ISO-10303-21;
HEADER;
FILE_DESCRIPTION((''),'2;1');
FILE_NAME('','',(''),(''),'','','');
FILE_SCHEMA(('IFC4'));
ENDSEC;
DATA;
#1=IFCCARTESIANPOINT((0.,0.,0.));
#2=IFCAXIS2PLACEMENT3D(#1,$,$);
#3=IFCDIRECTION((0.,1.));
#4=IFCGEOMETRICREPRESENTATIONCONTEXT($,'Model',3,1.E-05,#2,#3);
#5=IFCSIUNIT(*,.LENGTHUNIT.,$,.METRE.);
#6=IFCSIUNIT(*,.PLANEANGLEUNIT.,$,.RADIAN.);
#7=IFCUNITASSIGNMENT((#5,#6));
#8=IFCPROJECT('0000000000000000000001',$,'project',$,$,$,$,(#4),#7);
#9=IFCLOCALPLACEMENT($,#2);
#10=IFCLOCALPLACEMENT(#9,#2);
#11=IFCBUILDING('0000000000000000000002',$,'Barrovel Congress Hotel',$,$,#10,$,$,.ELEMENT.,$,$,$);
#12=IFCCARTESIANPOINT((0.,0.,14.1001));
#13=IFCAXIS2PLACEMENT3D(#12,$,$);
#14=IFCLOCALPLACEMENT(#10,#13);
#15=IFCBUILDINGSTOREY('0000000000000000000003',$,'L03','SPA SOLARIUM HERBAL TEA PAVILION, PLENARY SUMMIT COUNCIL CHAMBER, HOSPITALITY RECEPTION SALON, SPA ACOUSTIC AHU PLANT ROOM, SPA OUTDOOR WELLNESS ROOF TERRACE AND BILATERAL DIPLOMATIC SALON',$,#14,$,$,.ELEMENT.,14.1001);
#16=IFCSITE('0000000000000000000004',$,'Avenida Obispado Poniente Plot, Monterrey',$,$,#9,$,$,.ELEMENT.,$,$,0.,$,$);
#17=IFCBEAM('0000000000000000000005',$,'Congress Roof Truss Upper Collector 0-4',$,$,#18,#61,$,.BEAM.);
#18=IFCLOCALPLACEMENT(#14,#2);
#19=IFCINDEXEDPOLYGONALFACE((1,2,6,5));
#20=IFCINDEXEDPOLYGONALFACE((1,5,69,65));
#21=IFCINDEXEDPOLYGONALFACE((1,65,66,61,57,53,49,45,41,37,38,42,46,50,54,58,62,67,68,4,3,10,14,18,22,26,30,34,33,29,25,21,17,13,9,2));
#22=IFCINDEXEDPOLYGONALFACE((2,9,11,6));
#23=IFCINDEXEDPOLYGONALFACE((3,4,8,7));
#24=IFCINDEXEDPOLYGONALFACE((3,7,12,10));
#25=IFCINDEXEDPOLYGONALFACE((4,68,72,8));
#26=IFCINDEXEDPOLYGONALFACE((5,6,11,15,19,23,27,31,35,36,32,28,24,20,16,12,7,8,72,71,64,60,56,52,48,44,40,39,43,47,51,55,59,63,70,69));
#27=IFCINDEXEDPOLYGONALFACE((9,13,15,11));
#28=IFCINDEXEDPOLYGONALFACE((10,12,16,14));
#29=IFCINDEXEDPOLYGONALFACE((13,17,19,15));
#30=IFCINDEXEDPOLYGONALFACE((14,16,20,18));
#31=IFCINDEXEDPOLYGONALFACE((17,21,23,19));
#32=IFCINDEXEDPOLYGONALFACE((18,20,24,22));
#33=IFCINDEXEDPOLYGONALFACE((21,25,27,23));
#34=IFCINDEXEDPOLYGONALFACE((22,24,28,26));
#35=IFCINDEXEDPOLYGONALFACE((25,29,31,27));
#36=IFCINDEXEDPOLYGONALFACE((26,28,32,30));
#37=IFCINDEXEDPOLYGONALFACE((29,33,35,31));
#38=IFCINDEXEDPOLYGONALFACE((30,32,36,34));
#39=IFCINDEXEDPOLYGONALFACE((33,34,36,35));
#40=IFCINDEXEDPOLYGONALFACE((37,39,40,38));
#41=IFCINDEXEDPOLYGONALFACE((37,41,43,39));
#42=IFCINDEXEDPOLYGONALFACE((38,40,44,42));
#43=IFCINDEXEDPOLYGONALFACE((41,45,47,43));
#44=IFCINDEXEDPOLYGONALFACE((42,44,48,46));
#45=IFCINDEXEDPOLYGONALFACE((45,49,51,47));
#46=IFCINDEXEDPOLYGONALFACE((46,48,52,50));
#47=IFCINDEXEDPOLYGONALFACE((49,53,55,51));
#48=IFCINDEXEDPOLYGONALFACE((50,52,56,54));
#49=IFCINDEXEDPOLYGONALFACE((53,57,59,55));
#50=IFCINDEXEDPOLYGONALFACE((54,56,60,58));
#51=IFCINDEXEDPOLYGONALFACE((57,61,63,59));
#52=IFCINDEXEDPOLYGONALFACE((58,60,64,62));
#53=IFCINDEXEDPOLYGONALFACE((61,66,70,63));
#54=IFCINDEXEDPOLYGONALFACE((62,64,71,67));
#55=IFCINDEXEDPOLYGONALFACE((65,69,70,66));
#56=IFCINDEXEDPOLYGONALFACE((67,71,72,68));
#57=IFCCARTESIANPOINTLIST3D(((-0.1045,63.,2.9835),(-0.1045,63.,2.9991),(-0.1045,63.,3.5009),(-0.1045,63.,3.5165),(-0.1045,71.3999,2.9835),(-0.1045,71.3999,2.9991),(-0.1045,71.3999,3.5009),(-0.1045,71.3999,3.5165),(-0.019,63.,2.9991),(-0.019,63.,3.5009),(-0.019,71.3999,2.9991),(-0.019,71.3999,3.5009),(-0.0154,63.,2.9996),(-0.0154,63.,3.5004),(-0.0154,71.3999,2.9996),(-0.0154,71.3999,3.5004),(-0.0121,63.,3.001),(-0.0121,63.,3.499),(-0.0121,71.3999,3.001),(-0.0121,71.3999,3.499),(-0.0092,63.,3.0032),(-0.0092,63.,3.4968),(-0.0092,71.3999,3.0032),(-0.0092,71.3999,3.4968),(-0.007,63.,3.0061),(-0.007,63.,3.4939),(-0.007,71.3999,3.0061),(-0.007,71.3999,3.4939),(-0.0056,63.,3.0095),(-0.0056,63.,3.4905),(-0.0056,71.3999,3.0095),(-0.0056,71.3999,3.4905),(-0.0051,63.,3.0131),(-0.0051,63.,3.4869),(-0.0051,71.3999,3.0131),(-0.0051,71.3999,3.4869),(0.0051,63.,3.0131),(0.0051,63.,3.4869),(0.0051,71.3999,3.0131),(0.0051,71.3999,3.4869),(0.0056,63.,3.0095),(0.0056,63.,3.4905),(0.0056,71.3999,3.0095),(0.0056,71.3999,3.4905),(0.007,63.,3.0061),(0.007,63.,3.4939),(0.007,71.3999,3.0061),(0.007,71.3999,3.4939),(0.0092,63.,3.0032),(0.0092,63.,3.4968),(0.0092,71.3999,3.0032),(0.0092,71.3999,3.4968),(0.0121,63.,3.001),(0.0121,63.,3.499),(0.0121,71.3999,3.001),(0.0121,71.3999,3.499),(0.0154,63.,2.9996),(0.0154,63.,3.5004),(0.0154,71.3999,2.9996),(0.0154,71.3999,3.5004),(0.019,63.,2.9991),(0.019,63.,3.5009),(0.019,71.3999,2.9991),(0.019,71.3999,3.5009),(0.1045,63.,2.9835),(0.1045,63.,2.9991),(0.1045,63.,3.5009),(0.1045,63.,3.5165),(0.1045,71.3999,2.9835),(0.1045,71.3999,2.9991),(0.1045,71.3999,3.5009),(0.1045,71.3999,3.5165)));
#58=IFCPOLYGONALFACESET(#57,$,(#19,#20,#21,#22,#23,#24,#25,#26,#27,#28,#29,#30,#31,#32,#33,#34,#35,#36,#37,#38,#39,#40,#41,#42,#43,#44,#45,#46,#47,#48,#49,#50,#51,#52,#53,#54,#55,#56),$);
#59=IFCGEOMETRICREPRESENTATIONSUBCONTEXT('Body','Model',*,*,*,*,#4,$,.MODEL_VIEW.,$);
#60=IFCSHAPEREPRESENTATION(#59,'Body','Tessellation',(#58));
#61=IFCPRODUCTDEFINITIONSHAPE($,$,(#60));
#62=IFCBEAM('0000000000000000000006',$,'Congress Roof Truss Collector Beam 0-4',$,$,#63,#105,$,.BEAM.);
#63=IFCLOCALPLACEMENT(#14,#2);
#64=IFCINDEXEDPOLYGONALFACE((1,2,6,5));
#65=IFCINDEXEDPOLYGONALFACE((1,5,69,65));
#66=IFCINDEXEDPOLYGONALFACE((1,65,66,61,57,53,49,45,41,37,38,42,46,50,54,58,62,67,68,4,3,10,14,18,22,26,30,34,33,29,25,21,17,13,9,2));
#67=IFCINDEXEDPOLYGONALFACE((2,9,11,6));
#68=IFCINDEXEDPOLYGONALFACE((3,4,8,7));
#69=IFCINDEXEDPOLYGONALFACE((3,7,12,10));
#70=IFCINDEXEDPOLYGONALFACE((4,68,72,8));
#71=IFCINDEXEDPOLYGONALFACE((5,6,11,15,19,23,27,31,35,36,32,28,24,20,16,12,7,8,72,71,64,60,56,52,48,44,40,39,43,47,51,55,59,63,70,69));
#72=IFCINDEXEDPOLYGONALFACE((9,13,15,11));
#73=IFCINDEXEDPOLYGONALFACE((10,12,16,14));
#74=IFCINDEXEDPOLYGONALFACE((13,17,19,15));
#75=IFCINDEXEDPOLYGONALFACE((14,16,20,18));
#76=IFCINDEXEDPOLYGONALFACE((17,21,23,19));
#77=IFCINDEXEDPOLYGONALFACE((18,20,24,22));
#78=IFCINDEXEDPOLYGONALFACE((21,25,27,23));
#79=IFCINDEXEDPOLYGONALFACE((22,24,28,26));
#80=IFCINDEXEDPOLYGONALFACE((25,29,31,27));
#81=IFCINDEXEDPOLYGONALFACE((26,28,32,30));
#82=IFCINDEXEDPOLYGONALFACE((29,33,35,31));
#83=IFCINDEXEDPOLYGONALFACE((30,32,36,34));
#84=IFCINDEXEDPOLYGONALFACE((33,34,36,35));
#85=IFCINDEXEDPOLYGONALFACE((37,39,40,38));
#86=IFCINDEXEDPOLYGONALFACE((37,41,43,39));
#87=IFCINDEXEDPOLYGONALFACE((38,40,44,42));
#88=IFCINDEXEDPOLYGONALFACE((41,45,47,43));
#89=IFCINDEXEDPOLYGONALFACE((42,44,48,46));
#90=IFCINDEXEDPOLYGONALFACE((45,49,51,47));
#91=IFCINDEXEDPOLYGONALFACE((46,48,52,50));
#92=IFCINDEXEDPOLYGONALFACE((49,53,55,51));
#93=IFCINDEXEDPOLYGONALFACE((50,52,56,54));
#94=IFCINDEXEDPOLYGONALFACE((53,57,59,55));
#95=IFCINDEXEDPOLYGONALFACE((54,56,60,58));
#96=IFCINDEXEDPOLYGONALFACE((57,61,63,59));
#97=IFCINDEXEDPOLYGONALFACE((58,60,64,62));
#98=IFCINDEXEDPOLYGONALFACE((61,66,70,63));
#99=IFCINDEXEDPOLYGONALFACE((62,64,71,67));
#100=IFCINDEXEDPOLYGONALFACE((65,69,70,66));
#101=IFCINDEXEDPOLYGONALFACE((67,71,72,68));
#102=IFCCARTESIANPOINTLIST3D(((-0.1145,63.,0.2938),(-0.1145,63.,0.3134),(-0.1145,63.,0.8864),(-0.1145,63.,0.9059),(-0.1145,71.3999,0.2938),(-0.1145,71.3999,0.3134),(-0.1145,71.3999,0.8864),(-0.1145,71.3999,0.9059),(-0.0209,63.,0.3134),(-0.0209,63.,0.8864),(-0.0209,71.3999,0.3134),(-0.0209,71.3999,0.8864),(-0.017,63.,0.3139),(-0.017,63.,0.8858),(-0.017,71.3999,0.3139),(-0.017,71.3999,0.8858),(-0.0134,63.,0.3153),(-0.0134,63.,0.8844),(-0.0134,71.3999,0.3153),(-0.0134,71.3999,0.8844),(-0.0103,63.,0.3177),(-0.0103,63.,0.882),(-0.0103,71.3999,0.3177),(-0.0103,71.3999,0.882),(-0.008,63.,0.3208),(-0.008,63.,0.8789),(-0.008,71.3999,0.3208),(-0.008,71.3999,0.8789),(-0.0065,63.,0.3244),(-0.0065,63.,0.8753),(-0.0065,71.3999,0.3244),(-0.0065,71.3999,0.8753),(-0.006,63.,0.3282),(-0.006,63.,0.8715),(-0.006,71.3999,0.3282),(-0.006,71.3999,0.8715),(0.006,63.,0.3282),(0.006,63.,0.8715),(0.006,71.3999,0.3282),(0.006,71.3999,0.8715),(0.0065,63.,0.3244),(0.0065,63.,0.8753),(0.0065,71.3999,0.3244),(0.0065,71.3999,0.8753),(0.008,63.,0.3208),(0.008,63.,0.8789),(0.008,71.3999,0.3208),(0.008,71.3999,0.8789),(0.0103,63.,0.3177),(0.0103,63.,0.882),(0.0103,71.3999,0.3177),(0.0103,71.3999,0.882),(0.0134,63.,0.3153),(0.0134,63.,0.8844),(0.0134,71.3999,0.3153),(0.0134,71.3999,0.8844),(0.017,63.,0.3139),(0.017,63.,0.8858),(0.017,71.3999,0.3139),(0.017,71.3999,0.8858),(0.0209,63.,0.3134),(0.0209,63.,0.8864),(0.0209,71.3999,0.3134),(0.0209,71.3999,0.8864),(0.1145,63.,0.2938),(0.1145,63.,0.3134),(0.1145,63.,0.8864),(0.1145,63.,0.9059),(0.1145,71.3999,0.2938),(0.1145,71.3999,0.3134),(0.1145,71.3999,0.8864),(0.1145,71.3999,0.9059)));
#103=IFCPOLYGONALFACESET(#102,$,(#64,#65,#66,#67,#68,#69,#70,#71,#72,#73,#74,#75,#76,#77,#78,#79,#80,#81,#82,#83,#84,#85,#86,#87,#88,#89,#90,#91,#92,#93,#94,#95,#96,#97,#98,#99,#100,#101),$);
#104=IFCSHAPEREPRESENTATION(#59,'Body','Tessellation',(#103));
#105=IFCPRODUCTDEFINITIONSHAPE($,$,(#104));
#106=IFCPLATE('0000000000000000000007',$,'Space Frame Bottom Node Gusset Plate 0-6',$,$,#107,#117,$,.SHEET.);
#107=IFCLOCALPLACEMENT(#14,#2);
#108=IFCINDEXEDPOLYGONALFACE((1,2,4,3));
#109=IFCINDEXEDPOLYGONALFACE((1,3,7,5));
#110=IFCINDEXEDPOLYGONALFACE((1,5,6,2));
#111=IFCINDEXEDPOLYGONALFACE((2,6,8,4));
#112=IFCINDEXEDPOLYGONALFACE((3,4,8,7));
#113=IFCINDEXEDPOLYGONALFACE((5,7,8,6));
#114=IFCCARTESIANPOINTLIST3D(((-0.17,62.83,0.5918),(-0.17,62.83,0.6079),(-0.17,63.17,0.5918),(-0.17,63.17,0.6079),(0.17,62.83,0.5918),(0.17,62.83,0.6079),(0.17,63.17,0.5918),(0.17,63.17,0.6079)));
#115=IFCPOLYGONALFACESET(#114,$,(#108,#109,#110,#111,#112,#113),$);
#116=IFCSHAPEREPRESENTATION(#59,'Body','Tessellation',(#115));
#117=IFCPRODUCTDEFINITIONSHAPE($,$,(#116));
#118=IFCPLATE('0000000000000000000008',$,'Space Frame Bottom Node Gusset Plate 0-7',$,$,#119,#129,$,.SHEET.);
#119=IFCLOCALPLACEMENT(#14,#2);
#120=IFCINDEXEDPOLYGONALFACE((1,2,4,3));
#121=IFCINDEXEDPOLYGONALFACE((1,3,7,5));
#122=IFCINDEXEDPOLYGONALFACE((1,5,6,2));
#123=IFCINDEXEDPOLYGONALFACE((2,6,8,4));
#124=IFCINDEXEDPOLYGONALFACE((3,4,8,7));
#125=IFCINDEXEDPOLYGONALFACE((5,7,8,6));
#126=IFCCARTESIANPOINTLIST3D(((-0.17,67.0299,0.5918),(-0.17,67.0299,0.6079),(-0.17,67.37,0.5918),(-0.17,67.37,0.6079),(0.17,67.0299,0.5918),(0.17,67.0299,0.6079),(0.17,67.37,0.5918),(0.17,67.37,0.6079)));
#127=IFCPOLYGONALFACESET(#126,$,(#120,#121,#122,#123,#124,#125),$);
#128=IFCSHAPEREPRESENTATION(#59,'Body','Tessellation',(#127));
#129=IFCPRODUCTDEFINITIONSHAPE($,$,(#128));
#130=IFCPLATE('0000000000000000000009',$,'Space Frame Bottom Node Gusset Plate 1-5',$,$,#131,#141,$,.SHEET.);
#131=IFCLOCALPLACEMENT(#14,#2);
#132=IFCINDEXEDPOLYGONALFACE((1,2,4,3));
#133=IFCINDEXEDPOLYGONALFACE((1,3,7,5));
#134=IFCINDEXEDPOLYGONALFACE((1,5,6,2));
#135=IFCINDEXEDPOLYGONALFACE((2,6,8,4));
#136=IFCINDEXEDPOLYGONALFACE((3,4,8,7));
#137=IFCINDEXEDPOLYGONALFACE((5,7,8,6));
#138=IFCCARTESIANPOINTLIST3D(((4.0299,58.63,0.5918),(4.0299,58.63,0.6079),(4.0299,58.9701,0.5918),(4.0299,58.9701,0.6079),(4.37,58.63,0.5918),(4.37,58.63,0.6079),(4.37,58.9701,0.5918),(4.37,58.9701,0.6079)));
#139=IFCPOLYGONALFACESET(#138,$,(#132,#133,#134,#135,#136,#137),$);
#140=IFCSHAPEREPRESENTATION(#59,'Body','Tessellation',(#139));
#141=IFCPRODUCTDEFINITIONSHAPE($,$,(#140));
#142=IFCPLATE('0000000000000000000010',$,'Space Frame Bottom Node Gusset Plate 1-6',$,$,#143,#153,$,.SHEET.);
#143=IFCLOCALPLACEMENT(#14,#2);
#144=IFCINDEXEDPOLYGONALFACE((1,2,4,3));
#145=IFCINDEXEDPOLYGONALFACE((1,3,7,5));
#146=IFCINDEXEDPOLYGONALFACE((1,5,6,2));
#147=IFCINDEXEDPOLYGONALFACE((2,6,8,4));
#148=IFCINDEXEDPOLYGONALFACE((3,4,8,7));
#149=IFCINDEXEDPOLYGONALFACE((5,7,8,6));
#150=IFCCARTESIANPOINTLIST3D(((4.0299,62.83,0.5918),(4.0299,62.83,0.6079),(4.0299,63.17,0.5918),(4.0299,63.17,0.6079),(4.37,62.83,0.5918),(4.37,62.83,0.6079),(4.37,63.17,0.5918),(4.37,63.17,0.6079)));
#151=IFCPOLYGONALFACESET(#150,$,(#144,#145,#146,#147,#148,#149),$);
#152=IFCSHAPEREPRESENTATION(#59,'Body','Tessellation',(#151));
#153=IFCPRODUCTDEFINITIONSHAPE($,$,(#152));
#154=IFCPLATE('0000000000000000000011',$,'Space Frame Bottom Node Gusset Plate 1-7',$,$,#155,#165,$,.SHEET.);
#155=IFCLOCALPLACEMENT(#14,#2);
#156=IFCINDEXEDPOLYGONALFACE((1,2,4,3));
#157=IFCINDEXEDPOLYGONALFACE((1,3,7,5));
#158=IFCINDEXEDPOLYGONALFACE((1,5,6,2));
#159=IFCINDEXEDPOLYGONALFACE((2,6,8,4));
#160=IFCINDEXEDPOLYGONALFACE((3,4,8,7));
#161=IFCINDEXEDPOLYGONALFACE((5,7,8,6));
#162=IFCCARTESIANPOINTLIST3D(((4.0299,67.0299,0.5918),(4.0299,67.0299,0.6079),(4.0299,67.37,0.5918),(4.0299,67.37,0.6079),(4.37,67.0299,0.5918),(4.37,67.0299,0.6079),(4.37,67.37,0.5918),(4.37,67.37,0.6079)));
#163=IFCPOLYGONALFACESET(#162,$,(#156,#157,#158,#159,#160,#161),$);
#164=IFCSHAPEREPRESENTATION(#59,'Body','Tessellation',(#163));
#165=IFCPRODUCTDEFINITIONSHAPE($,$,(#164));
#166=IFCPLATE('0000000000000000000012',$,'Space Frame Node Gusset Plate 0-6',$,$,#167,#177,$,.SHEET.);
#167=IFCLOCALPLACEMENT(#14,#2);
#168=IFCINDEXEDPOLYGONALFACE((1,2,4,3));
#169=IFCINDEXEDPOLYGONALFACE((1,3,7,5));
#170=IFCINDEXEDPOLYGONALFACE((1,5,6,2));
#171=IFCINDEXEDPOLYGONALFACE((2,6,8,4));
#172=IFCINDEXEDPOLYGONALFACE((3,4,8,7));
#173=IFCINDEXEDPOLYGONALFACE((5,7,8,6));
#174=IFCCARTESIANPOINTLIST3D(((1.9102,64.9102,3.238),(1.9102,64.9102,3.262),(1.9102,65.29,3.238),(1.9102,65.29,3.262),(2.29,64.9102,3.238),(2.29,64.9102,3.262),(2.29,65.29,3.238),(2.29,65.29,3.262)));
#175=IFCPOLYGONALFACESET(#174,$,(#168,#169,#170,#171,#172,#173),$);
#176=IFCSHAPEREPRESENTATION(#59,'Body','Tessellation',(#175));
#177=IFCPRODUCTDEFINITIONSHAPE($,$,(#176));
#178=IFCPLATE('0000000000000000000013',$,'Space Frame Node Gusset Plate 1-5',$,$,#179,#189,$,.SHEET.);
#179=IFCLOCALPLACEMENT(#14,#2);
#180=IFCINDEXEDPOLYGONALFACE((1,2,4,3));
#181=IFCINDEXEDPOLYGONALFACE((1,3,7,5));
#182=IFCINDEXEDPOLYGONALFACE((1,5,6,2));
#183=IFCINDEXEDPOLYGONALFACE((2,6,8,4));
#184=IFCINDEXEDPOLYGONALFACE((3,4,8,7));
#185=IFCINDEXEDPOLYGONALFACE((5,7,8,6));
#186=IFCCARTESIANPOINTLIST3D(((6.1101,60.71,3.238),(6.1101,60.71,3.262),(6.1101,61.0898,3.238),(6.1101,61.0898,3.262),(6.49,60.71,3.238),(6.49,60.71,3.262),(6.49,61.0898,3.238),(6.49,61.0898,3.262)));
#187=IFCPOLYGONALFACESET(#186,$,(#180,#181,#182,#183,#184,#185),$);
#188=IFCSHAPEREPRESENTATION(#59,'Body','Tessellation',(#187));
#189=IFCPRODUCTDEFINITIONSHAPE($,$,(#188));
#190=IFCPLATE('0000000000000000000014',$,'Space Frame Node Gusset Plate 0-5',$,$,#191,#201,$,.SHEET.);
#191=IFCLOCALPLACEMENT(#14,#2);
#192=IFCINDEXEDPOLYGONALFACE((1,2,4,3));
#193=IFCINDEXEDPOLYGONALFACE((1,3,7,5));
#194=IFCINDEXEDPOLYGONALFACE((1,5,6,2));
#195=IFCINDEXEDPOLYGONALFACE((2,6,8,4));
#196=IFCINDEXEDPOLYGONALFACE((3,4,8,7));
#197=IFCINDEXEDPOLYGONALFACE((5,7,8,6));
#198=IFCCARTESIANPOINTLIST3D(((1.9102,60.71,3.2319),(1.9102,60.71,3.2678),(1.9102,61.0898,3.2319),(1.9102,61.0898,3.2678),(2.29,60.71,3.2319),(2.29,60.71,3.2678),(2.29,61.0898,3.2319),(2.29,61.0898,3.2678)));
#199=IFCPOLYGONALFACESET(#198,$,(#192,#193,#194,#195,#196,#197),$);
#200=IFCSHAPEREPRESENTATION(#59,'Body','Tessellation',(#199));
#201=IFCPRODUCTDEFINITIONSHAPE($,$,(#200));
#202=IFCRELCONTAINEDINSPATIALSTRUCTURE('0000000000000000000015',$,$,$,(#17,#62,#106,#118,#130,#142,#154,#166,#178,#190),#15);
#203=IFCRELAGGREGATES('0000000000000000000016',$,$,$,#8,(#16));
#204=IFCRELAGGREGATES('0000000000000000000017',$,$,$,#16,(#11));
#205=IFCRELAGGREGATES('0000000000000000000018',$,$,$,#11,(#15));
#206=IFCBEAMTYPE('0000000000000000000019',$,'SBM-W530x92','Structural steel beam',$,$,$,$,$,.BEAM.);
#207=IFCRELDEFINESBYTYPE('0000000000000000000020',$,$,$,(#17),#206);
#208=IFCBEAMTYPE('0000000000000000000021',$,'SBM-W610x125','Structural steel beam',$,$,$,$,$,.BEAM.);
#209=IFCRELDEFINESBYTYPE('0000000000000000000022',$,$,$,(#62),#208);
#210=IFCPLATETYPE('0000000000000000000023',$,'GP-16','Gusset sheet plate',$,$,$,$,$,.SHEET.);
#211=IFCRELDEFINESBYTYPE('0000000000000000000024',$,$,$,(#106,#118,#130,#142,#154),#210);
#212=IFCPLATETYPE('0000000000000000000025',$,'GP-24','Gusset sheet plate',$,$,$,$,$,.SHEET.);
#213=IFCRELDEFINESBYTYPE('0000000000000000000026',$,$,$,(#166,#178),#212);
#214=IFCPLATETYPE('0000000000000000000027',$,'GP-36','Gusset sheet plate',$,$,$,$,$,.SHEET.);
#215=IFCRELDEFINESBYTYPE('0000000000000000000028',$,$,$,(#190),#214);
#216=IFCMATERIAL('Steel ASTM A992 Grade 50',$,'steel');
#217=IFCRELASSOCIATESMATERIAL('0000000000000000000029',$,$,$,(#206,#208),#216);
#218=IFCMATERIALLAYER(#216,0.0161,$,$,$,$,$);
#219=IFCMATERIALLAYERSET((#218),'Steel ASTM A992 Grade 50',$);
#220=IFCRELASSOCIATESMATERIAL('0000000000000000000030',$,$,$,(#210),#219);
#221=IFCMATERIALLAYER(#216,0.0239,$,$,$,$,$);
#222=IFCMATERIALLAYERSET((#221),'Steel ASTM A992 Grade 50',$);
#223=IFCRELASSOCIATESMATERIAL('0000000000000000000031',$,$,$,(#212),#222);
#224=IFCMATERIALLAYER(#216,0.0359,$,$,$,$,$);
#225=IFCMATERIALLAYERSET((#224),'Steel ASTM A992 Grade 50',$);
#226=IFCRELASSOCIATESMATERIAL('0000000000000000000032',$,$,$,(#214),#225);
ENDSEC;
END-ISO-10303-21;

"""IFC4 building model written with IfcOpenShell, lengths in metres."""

from ifc_helpers import new_model, si_unit, direction, frame, origin, origin_2d, place, context, subcontext, project, spatial, rectangle, i_section, extrude, material, layer, layer_set, material_profile, profile_set, type_object, element, save


model = new_model("IFC4")

# Units and contexts
model_context = context("Model", 3, precision=1e-05, world=origin(), true_north=direction((0.0, 1.0)))
body_context = subcontext(model_context, "Body", "Model", "MODEL_VIEW")
ifc_project = project(units=[si_unit("LENGTHUNIT", "METRE"), si_unit("PLANEANGLEUNIT", "RADIAN")], contexts=[model_context])

# Site, building, storey
site_placement = place(None, origin())
site = spatial("IfcSite", under=ifc_project, at=site_placement, Name="Avenida Obispado Poniente Plot, Monterrey", CompositionType="ELEMENT", RefElevation=0.0)
building_placement = place(site_placement, origin())
building = spatial("IfcBuilding", under=site, at=building_placement, Name="Barrovel Congress Hotel", CompositionType="ELEMENT")
storey_placement = place(building_placement, frame((0.0, 0.0, 14.1001)))
storey = spatial("IfcBuildingStorey", under=building, at=storey_placement, Name="L03", Description="SPA SOLARIUM HERBAL TEA PAVILION, PLENARY SUMMIT COUNCIL CHAMBER, HOSPITALITY RECEPTION SALON, SPA ACOUSTIC AHU PLANT ROOM, SPA OUTDOOR WELLNESS ROOF TERRACE AND BILATERAL DIPLOMATIC SALON", CompositionType="ELEMENT", Elevation=14.1001)

# Beams
ifc_material_1 = material(Name="Steel ASTM A992 Grade 50", Category="steel")
ifc_material_profile_1 = material_profile(ifc_material_1, i_section(OverallWidth=0.209, OverallDepth=0.533, WebThickness=0.0103, FlangeThickness=0.0156, FilletRadius=0.0139, at=origin_2d()), Name="W530x92")
ifc_profile_set_1 = profile_set([ifc_material_profile_1], Name="Steel ASTM A992 Grade 50")
beam_type_1 = type_object("IfcBeamType", Name="SBM-W530x92", Description="Structural steel beam", PredefinedType="BEAM", material=ifc_profile_set_1)
beam_1_placement = place(storey_placement, frame((0.0, 63.0, 3.25), z_axis=(0.0, 1.0, 0.0), x_axis=(-1.0, 0.0, 0.0)))
element("IfcBeam", 1, at=beam_1_placement, inside=storey, type_object=beam_type_1, Name="Congress Roof Truss Upper Collector 0-4", PredefinedType="BEAM", context=body_context, shape_type="SweptSolid", body=[
    extrude(i_section(OverallWidth=0.209, OverallDepth=0.533, WebThickness=0.0103, FlangeThickness=0.0156, FilletRadius=0.0139, at=origin_2d()), origin(), (0.0, 0.0, 1.0), 8.3999),
])
ifc_material_profile_2 = material_profile(ifc_material_1, i_section(OverallWidth=0.229, OverallDepth=0.6121, WebThickness=0.012, FlangeThickness=0.0195, FilletRadius=0.0149, at=origin_2d()), Name="W610x125")
ifc_profile_set_2 = profile_set([ifc_material_profile_2], Name="Steel ASTM A992 Grade 50")
beam_type_2 = type_object("IfcBeamType", Name="SBM-W610x125", Description="Structural steel beam", PredefinedType="BEAM", material=ifc_profile_set_2)
beam_2_placement = place(storey_placement, frame((0.0, 63.0, 0.5999), z_axis=(0.0, 1.0, 0.0), x_axis=(-1.0, 0.0, 0.0)))
element("IfcBeam", 2, at=beam_2_placement, inside=storey, type_object=beam_type_2, Name="Congress Roof Truss Collector Beam 0-4", PredefinedType="BEAM", context=body_context, shape_type="SweptSolid", body=[
    extrude(i_section(OverallWidth=0.229, OverallDepth=0.6121, WebThickness=0.012, FlangeThickness=0.0195, FilletRadius=0.0149, at=origin_2d()), origin(), (0.0, 0.0, 1.0), 8.3999),
])

# Plates
ifc_layer_1 = layer(ifc_material_1, 0.0161)
ifc_layer_set_1 = layer_set([ifc_layer_1], Name="Steel ASTM A992 Grade 50")
plate_type_1 = type_object("IfcPlateType", Name="GP-16", Description="Gusset sheet plate", PredefinedType="SHEET", material=ifc_layer_set_1)
for number, where, z_axis, x_axis, name in (
    (3, (0.0, 63.0, 0.5918), (0.0, 0.0, 1.0), (1.0, 0.0, 0.0), "Space Frame Bottom Node Gusset Plate 0-6"),
    (4, (0.0, 67.2, 0.5918), (0.0, 0.0, 1.0), (1.0, 0.0, 0.0), "Space Frame Bottom Node Gusset Plate 0-7"),
    (5, (4.2, 58.8, 0.5918), (0.0, 0.0, 1.0), (1.0, 0.0, 0.0), "Space Frame Bottom Node Gusset Plate 1-5"),
    (6, (4.2, 63.0, 0.5918), (0.0, 0.0, 1.0), (1.0, 0.0, 0.0), "Space Frame Bottom Node Gusset Plate 1-6"),
    (7, (4.2, 67.2, 0.5918), (0.0, 0.0, 1.0), (1.0, 0.0, 0.0), "Space Frame Bottom Node Gusset Plate 1-7"),
):
    element("IfcPlate", number, at=place(storey_placement, frame(where, z_axis=z_axis, x_axis=x_axis)), inside=storey, type_object=plate_type_1, Name=name, PredefinedType="SHEET", context=body_context, shape_type="SweptSolid", body=[
        extrude(rectangle(XDim=0.3401, YDim=0.3401, at=origin_2d()), origin(), (0.0, 0.0, 1.0), 0.0161),
    ])
ifc_layer_2 = layer(ifc_material_1, 0.0239)
ifc_layer_set_2 = layer_set([ifc_layer_2], Name="Steel ASTM A992 Grade 50")
plate_type_2 = type_object("IfcPlateType", Name="GP-24", Description="Gusset sheet plate", PredefinedType="SHEET", material=ifc_layer_set_2)
for number, where, z_axis, x_axis, name in (
    (8, (2.1001, 65.1001, 3.238), (0.0, 0.0, 1.0), (1.0, 0.0, 0.0), "Space Frame Node Gusset Plate 0-6"),
    (9, (6.3, 60.8999, 3.238), (0.0, 0.0, 1.0), (1.0, 0.0, 0.0), "Space Frame Node Gusset Plate 1-5"),
):
    element("IfcPlate", number, at=place(storey_placement, frame(where, z_axis=z_axis, x_axis=x_axis)), inside=storey, type_object=plate_type_2, Name=name, PredefinedType="SHEET", context=body_context, shape_type="SweptSolid", body=[
        extrude(rectangle(XDim=0.3799, YDim=0.3799, at=origin_2d()), origin(), (0.0, 0.0, 1.0), 0.0239),
    ])
ifc_layer_3 = layer(ifc_material_1, 0.0359)
ifc_layer_set_3 = layer_set([ifc_layer_3], Name="Steel ASTM A992 Grade 50")
plate_type_3 = type_object("IfcPlateType", Name="GP-36", Description="Gusset sheet plate", PredefinedType="SHEET", material=ifc_layer_set_3)
plate_placement = place(storey_placement, frame((2.1001, 60.8999, 3.2319), z_axis=(0.0, 0.0, 1.0), x_axis=(1.0, 0.0, 0.0)))
element("IfcPlate", 10, at=plate_placement, inside=storey, type_object=plate_type_3, Name="Space Frame Node Gusset Plate 0-5", PredefinedType="SHEET", context=body_context, shape_type="SweptSolid", body=[
    extrude(rectangle(XDim=0.3799, YDim=0.3799, at=origin_2d()), origin(), (0.0, 0.0, 1.0), 0.0359),
])

save(model, "model.ifc")
